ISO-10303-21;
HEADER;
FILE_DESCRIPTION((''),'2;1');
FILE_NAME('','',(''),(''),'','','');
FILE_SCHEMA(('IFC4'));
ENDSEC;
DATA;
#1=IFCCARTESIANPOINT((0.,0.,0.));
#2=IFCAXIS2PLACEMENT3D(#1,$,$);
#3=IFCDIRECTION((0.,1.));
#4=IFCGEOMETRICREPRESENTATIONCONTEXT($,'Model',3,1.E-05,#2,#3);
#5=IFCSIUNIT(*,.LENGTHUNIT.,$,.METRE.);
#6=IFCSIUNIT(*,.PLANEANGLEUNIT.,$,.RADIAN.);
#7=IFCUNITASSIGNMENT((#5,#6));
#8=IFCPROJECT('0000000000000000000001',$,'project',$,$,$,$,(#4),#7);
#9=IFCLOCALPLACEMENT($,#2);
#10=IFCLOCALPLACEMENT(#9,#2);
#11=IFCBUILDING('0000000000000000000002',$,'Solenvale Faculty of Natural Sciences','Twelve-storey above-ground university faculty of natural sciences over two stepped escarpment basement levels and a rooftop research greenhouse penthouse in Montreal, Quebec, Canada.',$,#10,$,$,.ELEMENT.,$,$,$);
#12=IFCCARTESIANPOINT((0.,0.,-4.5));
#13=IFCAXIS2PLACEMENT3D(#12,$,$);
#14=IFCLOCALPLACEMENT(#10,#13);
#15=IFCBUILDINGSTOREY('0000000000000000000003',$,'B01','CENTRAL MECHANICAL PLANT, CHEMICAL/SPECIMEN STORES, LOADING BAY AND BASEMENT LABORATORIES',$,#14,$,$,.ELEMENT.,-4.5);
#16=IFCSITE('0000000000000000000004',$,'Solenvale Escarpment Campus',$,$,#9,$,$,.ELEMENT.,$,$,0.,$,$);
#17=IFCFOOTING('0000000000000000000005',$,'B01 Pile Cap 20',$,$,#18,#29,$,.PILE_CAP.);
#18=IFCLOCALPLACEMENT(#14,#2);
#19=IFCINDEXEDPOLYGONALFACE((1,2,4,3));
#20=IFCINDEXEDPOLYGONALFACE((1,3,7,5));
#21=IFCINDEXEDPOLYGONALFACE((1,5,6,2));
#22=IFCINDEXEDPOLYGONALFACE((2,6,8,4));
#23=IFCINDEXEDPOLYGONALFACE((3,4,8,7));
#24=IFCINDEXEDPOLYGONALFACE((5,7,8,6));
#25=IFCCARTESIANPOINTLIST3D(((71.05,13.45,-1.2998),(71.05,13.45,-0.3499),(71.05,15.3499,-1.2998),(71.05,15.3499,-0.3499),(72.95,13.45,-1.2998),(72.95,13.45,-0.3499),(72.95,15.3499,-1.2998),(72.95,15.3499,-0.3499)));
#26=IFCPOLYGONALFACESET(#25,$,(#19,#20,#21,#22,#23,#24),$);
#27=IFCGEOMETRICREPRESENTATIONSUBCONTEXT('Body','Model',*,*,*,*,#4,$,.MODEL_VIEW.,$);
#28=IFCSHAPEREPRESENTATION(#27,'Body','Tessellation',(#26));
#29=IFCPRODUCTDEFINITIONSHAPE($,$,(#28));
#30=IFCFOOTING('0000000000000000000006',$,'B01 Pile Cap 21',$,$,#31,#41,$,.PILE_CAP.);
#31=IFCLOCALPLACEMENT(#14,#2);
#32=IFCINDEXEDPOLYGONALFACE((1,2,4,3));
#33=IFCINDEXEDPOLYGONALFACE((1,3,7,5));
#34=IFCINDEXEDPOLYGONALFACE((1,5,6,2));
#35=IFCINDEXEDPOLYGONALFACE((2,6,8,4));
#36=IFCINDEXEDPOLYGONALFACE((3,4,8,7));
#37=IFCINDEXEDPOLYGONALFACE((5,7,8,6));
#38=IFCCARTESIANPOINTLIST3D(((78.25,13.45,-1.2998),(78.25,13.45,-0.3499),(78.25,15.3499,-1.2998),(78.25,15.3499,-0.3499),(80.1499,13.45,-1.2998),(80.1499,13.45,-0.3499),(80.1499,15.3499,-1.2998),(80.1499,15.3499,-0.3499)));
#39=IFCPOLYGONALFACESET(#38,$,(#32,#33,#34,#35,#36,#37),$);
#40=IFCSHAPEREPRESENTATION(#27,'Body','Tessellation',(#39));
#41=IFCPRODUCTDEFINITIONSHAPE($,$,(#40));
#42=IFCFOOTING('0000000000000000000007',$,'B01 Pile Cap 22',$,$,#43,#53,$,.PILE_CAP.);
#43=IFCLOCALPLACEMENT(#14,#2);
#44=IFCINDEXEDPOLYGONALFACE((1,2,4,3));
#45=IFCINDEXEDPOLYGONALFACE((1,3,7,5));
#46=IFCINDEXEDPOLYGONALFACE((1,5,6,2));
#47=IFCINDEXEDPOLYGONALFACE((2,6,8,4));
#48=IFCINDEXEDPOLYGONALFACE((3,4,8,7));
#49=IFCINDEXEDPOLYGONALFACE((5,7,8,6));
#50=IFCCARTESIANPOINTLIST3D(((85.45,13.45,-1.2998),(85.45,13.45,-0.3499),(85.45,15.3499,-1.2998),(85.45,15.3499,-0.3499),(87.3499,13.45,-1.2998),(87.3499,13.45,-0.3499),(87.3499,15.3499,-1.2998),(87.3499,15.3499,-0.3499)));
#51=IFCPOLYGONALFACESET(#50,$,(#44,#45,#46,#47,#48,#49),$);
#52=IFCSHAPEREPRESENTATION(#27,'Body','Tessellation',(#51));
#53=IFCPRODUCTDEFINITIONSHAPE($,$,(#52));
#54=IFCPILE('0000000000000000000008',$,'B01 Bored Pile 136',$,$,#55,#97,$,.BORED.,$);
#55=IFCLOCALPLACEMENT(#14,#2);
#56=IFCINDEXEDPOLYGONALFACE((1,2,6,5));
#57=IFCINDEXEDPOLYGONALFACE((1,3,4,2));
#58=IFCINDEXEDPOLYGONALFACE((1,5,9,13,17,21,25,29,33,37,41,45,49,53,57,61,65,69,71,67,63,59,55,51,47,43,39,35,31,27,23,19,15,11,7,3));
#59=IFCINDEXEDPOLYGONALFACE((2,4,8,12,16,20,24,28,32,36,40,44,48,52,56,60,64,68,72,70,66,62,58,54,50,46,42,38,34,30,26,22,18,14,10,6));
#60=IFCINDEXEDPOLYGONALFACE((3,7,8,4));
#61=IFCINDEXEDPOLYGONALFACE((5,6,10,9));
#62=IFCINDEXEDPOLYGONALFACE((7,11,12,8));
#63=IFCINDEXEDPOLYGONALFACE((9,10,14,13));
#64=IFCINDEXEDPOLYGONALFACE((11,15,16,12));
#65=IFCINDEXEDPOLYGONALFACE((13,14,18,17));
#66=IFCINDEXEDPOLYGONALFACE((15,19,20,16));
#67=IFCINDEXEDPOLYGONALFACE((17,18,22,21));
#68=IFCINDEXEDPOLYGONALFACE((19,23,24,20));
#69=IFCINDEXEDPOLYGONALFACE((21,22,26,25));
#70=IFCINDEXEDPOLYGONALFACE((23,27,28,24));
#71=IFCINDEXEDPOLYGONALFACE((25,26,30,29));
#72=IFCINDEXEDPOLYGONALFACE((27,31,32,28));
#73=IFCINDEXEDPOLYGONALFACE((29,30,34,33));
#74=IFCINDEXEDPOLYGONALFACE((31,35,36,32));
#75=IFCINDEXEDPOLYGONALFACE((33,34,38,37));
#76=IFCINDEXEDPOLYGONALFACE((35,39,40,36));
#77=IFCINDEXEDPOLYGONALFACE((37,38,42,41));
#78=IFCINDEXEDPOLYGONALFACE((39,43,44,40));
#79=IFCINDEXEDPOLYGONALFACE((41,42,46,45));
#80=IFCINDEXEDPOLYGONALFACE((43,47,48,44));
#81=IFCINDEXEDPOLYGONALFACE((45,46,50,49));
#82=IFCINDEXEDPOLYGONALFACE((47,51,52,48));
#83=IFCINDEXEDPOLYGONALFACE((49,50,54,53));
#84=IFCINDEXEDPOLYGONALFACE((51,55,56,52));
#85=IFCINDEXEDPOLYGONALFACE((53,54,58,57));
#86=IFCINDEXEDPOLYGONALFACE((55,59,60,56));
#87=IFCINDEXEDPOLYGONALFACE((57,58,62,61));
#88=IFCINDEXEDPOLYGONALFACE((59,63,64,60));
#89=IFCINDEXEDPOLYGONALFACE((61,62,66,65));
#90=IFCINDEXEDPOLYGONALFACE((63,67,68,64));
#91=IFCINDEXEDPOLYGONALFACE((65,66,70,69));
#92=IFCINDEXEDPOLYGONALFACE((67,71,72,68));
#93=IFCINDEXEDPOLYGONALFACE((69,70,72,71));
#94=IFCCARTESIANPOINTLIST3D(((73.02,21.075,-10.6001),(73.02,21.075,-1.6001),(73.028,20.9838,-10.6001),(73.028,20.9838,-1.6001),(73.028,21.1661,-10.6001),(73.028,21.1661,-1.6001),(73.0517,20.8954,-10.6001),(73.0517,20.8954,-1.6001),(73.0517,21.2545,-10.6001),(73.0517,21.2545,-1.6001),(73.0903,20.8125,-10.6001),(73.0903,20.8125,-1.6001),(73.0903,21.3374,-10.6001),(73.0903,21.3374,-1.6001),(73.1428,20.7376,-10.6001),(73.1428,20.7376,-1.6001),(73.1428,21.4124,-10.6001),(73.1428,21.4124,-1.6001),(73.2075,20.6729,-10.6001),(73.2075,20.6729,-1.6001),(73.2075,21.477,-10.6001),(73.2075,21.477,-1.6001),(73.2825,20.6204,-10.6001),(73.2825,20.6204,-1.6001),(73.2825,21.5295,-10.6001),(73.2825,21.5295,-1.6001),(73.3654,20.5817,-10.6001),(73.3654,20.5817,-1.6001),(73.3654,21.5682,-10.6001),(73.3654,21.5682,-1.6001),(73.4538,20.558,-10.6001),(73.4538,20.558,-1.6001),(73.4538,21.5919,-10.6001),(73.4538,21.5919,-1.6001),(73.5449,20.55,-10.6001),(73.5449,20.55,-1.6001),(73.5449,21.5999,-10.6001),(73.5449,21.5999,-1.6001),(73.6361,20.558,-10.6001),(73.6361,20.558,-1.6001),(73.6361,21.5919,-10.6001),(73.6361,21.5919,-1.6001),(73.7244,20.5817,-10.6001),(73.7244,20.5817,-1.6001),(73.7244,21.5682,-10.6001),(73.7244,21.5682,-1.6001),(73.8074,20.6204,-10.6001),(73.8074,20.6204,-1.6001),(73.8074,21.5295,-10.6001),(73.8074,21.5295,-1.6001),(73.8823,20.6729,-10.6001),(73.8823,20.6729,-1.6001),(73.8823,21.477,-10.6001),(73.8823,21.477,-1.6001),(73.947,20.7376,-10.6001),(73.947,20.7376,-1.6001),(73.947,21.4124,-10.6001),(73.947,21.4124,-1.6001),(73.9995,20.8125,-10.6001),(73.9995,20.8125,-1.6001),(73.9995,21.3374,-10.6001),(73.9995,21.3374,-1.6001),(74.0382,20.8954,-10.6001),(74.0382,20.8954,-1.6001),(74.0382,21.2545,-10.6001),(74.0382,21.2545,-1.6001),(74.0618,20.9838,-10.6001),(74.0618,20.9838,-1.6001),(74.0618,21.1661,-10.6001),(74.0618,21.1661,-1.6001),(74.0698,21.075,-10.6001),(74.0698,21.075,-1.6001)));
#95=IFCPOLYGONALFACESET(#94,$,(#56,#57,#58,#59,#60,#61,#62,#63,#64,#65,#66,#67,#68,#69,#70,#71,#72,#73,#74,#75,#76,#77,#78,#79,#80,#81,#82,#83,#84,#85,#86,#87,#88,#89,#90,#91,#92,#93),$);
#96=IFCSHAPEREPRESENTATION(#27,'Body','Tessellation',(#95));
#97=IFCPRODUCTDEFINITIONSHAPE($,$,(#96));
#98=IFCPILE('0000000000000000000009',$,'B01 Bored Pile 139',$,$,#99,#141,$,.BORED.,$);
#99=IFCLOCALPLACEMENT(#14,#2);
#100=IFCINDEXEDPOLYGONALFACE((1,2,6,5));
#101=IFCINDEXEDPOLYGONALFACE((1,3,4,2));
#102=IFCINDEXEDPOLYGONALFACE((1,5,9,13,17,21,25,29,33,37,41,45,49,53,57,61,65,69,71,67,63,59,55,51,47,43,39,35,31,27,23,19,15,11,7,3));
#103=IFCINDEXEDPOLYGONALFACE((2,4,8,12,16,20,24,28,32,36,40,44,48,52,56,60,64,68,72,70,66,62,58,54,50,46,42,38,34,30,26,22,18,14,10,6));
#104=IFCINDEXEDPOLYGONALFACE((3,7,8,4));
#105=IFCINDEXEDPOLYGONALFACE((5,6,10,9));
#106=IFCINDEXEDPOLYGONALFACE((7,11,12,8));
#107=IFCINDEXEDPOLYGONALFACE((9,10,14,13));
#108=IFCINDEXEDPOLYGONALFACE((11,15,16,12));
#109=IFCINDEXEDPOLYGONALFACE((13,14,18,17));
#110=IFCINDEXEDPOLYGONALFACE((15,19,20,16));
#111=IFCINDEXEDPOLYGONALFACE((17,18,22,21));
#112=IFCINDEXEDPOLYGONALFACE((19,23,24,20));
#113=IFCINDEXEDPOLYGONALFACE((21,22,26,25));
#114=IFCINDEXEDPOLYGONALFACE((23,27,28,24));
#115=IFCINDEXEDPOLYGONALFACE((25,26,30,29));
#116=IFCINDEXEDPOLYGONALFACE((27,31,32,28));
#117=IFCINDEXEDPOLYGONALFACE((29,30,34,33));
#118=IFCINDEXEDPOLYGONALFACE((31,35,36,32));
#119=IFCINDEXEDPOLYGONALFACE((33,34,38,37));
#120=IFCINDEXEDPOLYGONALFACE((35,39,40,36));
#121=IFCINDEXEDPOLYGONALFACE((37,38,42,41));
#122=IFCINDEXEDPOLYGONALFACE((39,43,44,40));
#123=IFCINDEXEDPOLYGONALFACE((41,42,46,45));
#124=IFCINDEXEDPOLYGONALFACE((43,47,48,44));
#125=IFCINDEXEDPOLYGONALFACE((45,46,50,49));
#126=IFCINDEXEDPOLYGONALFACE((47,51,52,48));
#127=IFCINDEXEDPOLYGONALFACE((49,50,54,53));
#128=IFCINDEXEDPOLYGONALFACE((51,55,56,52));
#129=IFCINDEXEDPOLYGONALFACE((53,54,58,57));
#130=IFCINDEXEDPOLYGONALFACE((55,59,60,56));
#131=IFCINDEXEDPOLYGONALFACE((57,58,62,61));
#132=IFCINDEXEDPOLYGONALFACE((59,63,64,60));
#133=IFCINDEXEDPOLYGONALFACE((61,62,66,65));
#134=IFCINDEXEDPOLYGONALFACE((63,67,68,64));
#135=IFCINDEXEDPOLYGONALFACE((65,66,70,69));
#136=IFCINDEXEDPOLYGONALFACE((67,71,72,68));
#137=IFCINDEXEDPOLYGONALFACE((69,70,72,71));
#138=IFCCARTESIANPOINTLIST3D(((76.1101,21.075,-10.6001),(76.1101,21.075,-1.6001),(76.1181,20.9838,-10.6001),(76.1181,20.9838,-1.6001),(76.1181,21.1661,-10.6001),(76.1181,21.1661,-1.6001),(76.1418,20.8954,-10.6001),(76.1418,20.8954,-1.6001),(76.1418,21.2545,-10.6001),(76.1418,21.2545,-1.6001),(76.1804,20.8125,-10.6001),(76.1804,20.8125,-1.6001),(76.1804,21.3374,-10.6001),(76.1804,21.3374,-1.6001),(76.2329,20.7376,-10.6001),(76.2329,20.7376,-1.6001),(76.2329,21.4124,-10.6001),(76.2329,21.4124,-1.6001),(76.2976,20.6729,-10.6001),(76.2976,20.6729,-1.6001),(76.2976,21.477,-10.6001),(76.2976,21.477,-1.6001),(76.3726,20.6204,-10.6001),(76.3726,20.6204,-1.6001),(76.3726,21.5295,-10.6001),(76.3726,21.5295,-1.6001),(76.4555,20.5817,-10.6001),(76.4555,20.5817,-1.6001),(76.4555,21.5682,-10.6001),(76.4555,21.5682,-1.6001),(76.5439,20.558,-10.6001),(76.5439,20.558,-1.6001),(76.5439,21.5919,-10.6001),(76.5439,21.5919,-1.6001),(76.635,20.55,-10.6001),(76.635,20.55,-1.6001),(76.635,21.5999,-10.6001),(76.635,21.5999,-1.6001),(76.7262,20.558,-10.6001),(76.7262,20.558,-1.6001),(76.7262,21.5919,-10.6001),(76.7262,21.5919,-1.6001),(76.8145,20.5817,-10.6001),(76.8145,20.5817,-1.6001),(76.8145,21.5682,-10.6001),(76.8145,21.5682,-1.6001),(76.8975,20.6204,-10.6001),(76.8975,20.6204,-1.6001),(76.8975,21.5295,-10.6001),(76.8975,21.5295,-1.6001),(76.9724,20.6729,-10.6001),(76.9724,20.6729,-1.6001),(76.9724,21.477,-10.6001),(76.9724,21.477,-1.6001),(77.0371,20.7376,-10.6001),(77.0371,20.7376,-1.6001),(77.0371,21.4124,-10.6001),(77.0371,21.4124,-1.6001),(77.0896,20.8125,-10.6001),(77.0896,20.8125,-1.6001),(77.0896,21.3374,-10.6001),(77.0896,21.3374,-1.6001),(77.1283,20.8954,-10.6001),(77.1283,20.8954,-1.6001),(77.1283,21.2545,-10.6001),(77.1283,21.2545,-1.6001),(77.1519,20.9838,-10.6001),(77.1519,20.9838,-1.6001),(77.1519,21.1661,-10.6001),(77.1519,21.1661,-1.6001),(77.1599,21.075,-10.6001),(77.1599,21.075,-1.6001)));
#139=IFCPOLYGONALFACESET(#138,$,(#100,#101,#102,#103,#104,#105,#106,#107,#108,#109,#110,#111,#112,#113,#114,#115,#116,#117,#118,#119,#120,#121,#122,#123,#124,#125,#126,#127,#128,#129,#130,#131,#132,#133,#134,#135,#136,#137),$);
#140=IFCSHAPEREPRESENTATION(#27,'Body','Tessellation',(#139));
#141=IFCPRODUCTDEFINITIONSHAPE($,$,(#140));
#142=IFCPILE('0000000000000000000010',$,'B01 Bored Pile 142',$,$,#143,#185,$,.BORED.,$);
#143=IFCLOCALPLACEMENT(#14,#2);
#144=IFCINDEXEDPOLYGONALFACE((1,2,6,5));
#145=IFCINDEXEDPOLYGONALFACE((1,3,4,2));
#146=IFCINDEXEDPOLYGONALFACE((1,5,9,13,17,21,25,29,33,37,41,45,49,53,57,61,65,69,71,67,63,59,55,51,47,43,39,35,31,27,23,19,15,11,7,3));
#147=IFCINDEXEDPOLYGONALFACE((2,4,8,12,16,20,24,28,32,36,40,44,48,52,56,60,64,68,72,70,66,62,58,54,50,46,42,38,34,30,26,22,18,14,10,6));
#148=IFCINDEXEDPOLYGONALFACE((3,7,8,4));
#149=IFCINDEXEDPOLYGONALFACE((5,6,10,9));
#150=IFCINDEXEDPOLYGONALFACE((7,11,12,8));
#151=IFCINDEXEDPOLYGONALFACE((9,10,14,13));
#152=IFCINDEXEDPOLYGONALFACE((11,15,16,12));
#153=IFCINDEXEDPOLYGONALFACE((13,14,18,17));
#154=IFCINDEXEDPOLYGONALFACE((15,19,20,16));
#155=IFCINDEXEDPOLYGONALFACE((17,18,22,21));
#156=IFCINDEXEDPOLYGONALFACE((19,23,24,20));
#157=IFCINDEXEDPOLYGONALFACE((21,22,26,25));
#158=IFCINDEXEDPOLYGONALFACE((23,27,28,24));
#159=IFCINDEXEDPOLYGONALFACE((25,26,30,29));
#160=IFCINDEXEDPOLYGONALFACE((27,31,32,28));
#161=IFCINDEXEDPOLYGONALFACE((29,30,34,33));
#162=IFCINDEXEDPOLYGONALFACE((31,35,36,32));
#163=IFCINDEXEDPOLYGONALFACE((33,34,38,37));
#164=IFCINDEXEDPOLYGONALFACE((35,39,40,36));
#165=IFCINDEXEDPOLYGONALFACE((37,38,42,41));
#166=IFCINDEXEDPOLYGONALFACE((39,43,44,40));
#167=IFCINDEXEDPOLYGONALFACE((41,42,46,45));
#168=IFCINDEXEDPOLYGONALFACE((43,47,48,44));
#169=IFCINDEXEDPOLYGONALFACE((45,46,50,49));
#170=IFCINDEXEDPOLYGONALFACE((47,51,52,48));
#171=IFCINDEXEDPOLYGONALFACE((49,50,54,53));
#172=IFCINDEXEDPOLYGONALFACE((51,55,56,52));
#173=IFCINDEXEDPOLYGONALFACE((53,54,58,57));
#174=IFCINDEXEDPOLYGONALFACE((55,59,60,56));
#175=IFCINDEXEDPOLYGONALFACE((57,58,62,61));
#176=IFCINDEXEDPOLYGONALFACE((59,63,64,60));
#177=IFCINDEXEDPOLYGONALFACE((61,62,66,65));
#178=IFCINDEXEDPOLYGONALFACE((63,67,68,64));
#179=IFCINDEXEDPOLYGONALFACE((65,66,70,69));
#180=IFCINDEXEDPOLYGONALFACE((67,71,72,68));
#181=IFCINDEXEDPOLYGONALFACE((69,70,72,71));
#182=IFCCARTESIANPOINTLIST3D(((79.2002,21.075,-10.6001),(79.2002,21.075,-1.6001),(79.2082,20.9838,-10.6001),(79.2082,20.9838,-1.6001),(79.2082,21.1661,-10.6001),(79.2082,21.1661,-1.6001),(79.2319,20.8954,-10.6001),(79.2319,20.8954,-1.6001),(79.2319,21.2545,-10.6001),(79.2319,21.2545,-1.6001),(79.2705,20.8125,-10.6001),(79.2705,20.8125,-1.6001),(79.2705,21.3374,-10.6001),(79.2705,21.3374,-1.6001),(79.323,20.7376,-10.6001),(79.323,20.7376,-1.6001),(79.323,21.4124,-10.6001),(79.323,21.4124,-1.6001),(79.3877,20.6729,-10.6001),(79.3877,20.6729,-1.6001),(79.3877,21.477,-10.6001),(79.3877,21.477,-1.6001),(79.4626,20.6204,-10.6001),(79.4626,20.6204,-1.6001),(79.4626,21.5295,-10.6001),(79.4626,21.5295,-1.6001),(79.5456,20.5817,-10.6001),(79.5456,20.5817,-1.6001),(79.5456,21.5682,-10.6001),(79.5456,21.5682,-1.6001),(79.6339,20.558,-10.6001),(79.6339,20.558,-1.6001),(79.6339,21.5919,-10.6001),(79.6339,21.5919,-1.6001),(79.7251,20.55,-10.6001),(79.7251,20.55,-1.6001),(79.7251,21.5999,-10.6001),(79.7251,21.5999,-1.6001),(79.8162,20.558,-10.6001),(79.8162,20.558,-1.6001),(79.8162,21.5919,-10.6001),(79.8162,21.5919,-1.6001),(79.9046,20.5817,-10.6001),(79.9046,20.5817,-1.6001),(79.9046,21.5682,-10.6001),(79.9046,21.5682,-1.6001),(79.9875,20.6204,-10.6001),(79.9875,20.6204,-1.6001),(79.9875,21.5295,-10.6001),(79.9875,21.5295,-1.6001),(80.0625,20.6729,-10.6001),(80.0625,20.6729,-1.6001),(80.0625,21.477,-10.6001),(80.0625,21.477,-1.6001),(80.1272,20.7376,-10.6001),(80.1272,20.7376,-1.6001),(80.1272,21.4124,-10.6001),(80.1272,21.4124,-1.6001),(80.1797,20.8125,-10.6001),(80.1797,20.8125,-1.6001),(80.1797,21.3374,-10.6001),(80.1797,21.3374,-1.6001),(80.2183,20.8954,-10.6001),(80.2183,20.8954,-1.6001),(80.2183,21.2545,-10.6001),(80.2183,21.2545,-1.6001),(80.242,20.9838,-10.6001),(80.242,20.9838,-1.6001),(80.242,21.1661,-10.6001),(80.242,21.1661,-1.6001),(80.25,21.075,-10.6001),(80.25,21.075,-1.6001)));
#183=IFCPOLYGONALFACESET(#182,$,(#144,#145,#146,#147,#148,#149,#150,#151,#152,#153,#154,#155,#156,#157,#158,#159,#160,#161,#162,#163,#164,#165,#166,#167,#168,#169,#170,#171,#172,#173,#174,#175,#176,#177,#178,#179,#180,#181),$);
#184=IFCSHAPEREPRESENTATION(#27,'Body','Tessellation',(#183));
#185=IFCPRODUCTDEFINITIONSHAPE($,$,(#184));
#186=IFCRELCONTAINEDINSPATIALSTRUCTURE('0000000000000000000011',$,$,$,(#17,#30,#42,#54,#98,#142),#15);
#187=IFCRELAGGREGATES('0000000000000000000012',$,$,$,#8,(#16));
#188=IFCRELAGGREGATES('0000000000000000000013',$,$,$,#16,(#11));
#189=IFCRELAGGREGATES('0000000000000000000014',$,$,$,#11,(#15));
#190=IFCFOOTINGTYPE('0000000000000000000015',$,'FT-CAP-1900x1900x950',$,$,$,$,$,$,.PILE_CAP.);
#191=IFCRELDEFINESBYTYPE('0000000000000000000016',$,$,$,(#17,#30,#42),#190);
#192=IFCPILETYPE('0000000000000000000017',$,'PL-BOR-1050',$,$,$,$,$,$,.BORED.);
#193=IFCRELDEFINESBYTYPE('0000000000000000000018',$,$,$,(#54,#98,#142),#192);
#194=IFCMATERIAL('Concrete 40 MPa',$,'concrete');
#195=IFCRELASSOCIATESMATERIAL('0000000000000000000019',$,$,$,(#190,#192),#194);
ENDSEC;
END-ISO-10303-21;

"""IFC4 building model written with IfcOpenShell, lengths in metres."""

from ifc_helpers import new_model, si_unit, direction, frame, origin, origin_2d, place, context, subcontext, project, spatial, rectangle, circle, extrude, material, material_profile, profile_set, type_object, element, save


model = new_model("IFC4")

# Units and contexts
model_context = context("Model", 3, precision=1e-05, world=origin(), true_north=direction((0.0, 1.0)))
body_context = subcontext(model_context, "Body", "Model", "MODEL_VIEW")
ifc_project = project(units=[si_unit("LENGTHUNIT", "METRE"), si_unit("PLANEANGLEUNIT", "RADIAN")], contexts=[model_context])

# Site, building, storey
site_placement = place(None, origin())
site = spatial("IfcSite", under=ifc_project, at=site_placement, Name="Solenvale Escarpment Campus", CompositionType="ELEMENT", RefElevation=0.0)
building_placement = place(site_placement, origin())
building = spatial("IfcBuilding", under=site, at=building_placement, Name="Solenvale Faculty of Natural Sciences", Description="Twelve-storey above-ground university faculty of natural sciences over two stepped escarpment basement levels and a rooftop research greenhouse penthouse in Montreal, Quebec, Canada.", CompositionType="ELEMENT")
storey_placement = place(building_placement, frame((0.0, 0.0, -4.5)))
storey = spatial("IfcBuildingStorey", under=building, at=storey_placement, Name="B01", Description="CENTRAL MECHANICAL PLANT, CHEMICAL/SPECIMEN STORES, LOADING BAY AND BASEMENT LABORATORIES", CompositionType="ELEMENT", Elevation=-4.5)

# Footings
ifc_material_1 = material(Name="Concrete 40 MPa", Category="concrete")
footing_type = type_object("IfcFootingType", Name="FT-CAP-1900x1900x950", PredefinedType="PILE_CAP", material=ifc_material_1)
for number, where, z_axis, x_axis, name in (
    (1, (72.0, 14.3999, -1.2998), (0.0, 0.0, 1.0), (1.0, 0.0, 0.0), "B01 Pile Cap 20"),
    (2, (79.2, 14.3999, -1.2998), (0.0, 0.0, 1.0), (1.0, 0.0, 0.0), "B01 Pile Cap 21"),
    (3, (86.3999, 14.3999, -1.2998), (0.0, 0.0, 1.0), (1.0, 0.0, 0.0), "B01 Pile Cap 22"),
):
    element("IfcFooting", number, at=place(storey_placement, frame(where, z_axis=z_axis, x_axis=x_axis)), inside=storey, type_object=footing_type, Name=name, PredefinedType="PILE_CAP", context=body_context, shape_type="SweptSolid", body=[
        extrude(rectangle(XDim=1.8999, YDim=1.8999, at=origin_2d()), origin(), (0.0, 0.0, 1.0), 0.95),
    ])

# Piles
ifc_material_profile_1 = material_profile(ifc_material_1, circle(Radius=0.5249, at=origin_2d()), Name="PILE-D1050")
ifc_profile_set_1 = profile_set([ifc_material_profile_1], Name="Concrete 40 MPa")
pile_type_1 = type_object("IfcPileType", Name="PL-BOR-1050", PredefinedType="BORED", material=ifc_profile_set_1)
for number, where, z_axis, x_axis, name in (
    (4, (73.5449, 21.075, -1.6001), (0.0, 0.0, -1.0), (1.0, 0.0, 0.0), "B01 Bored Pile 136"),
    (5, (76.635, 21.075, -1.6001), (0.0, 0.0, -1.0), (1.0, 0.0, 0.0), "B01 Bored Pile 139"),
    (6, (79.7251, 21.075, -1.6001), (0.0, 0.0, -1.0), (1.0, 0.0, 0.0), "B01 Bored Pile 142"),
):
    element("IfcPile", number, at=place(storey_placement, frame(where, z_axis=z_axis, x_axis=x_axis)), inside=storey, type_object=pile_type_1, Name=name, PredefinedType="BORED", context=body_context, shape_type="SweptSolid", body=[
        extrude(circle(Radius=0.5249, at=origin_2d()), origin(), (0.0, 0.0, 1.0), 9.0),
    ])

save(model, "model.ifc")
